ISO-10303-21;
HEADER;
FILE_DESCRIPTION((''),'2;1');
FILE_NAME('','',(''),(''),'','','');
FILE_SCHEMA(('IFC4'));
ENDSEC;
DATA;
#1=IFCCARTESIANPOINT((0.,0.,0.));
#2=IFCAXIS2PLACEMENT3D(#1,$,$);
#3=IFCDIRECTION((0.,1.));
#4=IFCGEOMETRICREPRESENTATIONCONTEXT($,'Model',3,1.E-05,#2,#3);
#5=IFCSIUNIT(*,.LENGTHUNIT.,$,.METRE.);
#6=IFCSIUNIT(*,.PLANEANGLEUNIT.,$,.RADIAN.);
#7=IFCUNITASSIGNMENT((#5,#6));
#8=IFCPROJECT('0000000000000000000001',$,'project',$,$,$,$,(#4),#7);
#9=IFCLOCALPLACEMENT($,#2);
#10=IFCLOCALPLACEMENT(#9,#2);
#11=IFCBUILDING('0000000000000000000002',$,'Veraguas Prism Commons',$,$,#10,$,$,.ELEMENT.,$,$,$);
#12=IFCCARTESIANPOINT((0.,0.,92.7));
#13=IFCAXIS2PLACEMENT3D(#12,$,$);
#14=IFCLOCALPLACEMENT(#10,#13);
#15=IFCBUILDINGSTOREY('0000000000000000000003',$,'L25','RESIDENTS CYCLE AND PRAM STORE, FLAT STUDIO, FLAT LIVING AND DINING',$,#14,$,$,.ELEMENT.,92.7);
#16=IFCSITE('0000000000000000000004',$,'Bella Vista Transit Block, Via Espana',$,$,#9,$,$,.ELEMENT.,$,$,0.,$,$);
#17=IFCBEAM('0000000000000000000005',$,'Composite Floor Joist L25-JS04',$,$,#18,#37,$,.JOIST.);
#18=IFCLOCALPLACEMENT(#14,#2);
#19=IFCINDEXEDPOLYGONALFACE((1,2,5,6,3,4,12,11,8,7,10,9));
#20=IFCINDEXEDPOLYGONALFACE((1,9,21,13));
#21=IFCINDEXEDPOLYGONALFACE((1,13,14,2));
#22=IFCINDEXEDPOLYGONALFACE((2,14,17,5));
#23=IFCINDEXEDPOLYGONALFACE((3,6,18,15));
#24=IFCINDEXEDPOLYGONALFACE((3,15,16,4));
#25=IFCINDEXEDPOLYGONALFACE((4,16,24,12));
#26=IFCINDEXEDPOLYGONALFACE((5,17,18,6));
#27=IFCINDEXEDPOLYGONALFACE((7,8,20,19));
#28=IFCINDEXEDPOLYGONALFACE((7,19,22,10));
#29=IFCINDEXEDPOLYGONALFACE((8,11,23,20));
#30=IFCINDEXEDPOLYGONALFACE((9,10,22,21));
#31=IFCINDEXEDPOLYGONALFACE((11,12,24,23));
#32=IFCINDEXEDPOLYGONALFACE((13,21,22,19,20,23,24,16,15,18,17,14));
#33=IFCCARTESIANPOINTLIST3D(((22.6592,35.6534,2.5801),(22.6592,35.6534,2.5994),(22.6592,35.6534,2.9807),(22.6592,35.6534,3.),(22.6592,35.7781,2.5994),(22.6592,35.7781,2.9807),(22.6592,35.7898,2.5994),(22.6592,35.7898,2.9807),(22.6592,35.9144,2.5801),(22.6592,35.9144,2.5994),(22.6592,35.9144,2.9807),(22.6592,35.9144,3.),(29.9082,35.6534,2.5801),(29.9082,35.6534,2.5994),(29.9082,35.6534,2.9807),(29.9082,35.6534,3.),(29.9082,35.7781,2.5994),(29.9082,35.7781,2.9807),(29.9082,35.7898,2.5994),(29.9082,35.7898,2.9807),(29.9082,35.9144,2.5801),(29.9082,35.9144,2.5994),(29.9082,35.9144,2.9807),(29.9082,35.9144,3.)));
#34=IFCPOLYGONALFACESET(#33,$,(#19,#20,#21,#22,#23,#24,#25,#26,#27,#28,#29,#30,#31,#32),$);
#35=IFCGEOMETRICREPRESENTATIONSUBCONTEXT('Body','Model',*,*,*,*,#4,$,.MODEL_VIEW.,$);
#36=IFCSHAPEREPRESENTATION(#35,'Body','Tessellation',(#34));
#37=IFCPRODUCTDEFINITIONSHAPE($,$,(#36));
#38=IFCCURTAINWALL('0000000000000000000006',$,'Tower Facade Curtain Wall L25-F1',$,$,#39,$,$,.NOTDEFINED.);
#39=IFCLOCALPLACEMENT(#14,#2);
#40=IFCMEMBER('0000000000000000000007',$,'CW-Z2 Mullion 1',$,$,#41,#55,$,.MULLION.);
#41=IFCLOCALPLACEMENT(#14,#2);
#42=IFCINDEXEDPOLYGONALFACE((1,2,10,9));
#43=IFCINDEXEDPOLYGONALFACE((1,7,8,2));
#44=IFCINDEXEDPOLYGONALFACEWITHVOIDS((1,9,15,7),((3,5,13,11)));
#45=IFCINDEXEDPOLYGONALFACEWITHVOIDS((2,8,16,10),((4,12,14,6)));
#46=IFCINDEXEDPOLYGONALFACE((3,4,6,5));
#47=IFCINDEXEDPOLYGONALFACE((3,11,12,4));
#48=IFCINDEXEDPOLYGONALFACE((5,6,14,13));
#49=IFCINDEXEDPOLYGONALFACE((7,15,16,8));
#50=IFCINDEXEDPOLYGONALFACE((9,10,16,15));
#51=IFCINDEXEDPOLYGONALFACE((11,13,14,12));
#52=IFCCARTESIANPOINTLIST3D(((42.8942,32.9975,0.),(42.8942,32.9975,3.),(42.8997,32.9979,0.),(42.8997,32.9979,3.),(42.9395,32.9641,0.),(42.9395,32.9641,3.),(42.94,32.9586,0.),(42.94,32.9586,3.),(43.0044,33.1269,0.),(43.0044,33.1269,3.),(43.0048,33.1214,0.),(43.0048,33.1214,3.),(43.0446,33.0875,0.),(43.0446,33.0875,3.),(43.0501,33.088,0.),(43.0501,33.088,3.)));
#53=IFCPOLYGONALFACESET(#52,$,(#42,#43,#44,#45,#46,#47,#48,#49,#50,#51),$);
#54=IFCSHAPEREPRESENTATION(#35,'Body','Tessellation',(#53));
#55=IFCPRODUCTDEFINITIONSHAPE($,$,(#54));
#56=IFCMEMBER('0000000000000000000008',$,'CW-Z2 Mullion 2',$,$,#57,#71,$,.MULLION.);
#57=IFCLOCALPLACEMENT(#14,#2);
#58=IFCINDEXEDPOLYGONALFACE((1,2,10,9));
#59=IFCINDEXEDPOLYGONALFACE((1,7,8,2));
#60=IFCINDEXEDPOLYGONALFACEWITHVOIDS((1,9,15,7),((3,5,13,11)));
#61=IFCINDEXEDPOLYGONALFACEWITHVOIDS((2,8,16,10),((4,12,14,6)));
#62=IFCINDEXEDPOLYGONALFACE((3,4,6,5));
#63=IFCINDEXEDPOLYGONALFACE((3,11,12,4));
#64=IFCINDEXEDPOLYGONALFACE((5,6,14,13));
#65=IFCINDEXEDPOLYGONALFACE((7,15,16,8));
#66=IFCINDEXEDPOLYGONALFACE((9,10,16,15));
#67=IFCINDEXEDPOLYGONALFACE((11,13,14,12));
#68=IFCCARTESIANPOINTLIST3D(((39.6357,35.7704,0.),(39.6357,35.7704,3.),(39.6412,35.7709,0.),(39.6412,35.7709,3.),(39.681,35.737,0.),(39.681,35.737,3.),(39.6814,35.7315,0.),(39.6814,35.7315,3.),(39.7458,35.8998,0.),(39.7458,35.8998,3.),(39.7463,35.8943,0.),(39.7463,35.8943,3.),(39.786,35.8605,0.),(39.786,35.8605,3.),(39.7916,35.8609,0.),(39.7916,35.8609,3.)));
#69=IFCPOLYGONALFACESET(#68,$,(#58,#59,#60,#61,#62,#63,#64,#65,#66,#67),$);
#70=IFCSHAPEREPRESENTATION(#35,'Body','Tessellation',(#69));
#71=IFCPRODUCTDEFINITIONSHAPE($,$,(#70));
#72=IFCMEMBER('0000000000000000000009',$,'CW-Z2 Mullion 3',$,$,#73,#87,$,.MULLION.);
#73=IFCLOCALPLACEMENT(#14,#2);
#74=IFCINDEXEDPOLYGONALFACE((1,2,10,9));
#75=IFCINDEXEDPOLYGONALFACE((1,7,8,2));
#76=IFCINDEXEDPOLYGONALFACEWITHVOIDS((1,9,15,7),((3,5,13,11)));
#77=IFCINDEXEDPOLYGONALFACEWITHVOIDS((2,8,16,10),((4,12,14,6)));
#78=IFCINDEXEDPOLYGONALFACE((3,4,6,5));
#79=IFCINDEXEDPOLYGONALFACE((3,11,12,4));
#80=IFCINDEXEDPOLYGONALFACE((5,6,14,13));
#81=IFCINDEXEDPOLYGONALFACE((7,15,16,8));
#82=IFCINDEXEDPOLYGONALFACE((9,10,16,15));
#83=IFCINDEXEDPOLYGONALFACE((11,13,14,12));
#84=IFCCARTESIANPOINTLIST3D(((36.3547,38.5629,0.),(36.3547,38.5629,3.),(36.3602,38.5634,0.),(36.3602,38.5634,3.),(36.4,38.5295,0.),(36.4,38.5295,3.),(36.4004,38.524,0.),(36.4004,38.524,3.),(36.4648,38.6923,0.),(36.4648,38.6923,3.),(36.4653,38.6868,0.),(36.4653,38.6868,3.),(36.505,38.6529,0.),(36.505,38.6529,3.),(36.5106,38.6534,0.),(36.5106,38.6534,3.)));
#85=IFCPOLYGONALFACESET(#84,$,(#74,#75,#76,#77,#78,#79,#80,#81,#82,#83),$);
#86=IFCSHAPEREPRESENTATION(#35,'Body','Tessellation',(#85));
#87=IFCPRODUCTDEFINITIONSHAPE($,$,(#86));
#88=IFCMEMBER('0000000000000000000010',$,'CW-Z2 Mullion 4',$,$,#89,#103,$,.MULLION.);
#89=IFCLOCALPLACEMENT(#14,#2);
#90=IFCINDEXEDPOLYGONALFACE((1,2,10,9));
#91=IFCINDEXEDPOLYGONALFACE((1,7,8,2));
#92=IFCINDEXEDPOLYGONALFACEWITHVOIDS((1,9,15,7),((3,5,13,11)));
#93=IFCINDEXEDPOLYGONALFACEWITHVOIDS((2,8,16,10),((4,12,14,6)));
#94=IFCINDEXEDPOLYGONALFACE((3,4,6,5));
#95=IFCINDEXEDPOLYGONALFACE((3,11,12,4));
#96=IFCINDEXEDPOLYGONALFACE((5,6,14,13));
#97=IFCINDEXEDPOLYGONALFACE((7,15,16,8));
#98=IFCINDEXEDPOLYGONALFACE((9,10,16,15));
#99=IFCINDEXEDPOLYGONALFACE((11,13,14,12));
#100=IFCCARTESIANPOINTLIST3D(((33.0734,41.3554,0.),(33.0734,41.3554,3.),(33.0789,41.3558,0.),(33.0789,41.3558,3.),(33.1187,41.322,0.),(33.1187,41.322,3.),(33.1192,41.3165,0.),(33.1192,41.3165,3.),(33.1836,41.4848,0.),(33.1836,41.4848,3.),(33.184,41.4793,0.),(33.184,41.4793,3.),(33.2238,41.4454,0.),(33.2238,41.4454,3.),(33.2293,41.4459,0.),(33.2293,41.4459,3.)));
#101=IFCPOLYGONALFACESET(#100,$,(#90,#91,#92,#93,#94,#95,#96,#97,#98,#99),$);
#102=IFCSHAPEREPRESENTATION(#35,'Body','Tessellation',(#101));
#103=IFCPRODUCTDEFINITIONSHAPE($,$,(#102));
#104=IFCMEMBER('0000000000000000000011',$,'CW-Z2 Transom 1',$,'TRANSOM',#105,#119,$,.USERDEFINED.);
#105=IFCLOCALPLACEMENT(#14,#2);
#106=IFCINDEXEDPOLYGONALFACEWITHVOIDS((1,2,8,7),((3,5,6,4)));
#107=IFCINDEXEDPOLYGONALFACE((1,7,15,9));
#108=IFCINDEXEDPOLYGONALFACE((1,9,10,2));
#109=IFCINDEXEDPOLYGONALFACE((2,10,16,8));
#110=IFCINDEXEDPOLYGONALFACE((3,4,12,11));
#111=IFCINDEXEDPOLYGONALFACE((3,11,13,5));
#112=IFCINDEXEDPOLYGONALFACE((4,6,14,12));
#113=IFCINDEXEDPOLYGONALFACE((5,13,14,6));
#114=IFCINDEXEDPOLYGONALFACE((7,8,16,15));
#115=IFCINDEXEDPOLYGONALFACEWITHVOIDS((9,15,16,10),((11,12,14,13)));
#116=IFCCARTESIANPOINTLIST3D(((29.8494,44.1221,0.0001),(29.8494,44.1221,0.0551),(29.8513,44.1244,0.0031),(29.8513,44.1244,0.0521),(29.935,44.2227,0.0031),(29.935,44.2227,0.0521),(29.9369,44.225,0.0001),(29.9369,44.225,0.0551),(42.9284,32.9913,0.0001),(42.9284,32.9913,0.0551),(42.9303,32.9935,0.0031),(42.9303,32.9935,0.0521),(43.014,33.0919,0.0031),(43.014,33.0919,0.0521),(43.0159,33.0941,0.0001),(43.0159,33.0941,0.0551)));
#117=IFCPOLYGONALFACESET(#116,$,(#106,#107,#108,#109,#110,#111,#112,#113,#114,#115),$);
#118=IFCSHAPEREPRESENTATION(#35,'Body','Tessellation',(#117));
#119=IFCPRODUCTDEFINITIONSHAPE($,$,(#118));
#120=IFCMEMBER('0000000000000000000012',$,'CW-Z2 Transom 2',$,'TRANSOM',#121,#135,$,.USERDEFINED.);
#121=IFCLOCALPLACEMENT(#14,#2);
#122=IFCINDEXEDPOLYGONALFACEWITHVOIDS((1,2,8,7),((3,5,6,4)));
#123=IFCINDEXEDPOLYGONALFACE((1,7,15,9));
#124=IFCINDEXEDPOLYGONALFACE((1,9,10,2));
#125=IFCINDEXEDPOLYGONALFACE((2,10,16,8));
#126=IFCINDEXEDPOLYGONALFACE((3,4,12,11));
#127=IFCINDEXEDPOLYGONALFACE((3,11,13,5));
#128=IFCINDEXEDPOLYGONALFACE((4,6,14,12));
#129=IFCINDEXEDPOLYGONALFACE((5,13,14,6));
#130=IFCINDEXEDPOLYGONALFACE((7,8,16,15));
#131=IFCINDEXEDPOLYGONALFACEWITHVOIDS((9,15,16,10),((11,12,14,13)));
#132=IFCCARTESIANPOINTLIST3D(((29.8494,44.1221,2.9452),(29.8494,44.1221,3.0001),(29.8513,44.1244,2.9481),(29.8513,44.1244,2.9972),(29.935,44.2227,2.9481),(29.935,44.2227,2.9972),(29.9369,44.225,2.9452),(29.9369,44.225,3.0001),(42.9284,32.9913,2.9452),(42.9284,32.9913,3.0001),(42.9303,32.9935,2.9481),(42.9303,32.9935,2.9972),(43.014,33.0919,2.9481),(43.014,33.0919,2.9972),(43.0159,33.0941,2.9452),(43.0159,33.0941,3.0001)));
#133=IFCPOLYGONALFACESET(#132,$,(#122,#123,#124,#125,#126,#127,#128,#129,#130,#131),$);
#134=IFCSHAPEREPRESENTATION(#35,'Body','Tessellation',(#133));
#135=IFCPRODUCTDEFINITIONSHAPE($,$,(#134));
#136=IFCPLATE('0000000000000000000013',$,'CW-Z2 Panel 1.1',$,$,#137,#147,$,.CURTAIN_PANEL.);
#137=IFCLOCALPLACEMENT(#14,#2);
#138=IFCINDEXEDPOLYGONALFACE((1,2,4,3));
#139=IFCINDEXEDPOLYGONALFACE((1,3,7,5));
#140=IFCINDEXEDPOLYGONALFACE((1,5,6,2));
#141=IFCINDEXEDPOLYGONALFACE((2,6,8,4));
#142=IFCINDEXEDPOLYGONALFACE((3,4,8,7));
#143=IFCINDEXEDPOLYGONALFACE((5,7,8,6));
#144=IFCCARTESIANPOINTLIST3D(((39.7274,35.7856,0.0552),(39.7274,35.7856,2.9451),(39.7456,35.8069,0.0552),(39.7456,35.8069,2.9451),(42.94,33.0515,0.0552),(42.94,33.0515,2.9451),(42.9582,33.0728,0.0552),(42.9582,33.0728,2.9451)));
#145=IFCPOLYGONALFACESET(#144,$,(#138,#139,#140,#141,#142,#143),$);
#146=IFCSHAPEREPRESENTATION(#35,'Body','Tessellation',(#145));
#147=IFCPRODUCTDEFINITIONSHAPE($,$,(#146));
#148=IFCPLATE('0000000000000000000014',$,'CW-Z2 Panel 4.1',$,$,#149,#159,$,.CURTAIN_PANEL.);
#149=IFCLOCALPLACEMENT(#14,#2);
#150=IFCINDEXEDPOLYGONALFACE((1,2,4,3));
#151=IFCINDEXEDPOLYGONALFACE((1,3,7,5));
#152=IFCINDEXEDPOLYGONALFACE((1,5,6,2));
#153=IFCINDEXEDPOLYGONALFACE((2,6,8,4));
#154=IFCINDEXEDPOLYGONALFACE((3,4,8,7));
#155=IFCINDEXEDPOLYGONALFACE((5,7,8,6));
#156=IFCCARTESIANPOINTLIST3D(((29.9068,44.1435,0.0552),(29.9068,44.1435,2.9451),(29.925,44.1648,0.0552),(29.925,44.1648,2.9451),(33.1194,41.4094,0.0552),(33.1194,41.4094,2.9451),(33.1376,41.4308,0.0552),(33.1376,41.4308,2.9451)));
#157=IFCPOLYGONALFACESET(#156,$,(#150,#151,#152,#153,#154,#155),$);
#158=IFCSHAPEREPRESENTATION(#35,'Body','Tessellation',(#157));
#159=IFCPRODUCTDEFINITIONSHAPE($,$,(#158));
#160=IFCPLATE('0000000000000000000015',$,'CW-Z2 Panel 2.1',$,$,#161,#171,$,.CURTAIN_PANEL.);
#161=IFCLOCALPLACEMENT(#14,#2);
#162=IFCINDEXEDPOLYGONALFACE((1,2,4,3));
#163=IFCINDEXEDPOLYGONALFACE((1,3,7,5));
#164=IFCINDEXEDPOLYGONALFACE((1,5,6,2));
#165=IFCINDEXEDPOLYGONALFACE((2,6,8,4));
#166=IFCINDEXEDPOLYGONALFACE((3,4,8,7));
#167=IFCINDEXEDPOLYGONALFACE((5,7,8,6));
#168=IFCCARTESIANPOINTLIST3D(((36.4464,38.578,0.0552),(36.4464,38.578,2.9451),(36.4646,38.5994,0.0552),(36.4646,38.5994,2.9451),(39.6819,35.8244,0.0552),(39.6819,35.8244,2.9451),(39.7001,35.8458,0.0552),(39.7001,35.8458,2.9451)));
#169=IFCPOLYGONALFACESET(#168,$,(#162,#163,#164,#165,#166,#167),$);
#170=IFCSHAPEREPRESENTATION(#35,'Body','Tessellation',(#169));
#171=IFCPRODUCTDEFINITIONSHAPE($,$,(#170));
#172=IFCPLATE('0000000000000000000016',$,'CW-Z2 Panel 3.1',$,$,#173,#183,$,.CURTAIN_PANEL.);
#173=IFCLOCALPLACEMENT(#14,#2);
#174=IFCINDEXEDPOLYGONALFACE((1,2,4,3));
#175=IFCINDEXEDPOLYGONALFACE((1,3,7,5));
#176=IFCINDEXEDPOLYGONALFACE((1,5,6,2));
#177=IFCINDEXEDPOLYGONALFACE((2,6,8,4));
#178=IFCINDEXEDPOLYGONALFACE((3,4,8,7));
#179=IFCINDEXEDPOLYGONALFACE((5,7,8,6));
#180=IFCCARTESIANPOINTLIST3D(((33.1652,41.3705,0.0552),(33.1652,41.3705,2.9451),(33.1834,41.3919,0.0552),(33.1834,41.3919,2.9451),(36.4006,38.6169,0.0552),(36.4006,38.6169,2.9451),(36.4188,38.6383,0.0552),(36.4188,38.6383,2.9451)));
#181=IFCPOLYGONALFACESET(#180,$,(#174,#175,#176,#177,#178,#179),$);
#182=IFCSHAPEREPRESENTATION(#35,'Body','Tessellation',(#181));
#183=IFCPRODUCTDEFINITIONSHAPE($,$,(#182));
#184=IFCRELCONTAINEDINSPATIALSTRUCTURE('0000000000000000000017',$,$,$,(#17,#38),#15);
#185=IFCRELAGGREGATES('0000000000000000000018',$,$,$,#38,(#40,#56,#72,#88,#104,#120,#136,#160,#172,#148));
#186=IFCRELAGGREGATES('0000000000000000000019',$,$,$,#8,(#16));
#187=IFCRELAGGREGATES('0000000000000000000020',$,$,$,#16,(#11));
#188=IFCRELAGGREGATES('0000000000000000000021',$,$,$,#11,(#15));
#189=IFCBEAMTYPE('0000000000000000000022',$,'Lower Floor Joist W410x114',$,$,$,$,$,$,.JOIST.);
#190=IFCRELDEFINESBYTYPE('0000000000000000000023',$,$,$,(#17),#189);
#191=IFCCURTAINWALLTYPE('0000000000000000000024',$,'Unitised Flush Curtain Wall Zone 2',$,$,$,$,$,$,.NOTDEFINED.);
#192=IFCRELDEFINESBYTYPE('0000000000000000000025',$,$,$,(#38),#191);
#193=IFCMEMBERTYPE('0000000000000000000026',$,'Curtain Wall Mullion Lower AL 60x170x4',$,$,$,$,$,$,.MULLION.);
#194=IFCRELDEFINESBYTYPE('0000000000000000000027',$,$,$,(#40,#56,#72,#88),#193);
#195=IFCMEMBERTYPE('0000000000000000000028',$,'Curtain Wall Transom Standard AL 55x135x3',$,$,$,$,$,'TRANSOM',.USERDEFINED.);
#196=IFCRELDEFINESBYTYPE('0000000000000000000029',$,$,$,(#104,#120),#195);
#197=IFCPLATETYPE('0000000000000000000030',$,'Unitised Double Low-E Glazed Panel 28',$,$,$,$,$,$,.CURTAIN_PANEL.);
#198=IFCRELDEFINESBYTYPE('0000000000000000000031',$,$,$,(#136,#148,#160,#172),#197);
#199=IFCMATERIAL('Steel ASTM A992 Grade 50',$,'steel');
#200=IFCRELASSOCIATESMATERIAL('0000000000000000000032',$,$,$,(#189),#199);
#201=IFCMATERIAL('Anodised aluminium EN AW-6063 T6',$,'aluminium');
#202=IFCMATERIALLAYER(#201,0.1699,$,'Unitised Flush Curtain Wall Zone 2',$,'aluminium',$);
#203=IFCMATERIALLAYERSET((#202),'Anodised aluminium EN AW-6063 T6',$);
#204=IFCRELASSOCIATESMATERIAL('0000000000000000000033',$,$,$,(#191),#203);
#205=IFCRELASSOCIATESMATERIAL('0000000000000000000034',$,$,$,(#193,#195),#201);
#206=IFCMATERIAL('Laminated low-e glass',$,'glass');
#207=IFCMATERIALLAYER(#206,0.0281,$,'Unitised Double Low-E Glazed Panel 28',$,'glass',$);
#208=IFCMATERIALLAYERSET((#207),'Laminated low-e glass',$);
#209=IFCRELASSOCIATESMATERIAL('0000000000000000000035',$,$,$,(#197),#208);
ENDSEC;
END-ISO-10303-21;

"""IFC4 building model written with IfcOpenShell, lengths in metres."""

from ifc_helpers import new_model, si_unit, direction, frame, origin, origin_2d, place, context, subcontext, project, spatial, rectangle, hollow_rectangle, i_section, extrude, source, transform, mapped, material, layer, layer_set, material_profile, profile_set, type_object, element, aggregate, save


model = new_model("IFC4")

# Units and contexts
model_context = context("Model", 3, precision=1e-05, world=origin(), true_north=direction((0.0, 1.0)))
body_context = subcontext(model_context, "Body", "Model", "MODEL_VIEW")
ifc_project = project(units=[si_unit("LENGTHUNIT", "METRE"), si_unit("PLANEANGLEUNIT", "RADIAN")], contexts=[model_context])

# Site, building, storey
site_placement = place(None, origin())
site = spatial("IfcSite", under=ifc_project, at=site_placement, Name="Bella Vista Transit Block, Via Espana", CompositionType="ELEMENT", RefElevation=0.0)
building_placement = place(site_placement, origin())
building = spatial("IfcBuilding", under=site, at=building_placement, Name="Veraguas Prism Commons", CompositionType="ELEMENT")
storey_placement = place(building_placement, frame((0.0, 0.0, 92.7)))
storey = spatial("IfcBuildingStorey", under=building, at=storey_placement, Name="L25", Description="RESIDENTS CYCLE AND PRAM STORE, FLAT STUDIO, FLAT LIVING AND DINING", CompositionType="ELEMENT", Elevation=92.7)

# Beam
ifc_material_1 = material(Name="Steel ASTM A992 Grade 50", Category="steel")
ifc_material_profile_1 = material_profile(ifc_material_1, i_section(OverallWidth=0.261, OverallDepth=0.4199, WebThickness=0.0117, FlangeThickness=0.0193, at=origin_2d()), Name="W410X114")
ifc_profile_set_1 = profile_set([ifc_material_profile_1], Name="Steel ASTM A992 Grade 50")
beam_type = type_object("IfcBeamType", Name="Lower Floor Joist W410x114", PredefinedType="JOIST", material=ifc_profile_set_1)
beam_placement = place(storey_placement, frame((29.9082, 35.7839, 2.79), z_axis=(-1.0, 0.0, 0.0), x_axis=(0.0, -1.0, 0.0)))
element("IfcBeam", 1, at=beam_placement, inside=storey, type_object=beam_type, Name="Composite Floor Joist L25-JS04", PredefinedType="JOIST", context=body_context, shape_type="SweptSolid", body=[
    extrude(i_section(OverallWidth=0.261, OverallDepth=0.4199, WebThickness=0.0117, FlangeThickness=0.0193, at=origin_2d()), origin(), (0.0, 0.0, 1.0), 7.249),
])

# Curtain wall, members, plates
ifc_material_2 = material(Name="Anodised aluminium EN AW-6063 T6", Category="aluminium")
ifc_layer_1 = layer(ifc_material_2, 0.1699, Name="Unitised Flush Curtain Wall Zone 2", Category="aluminium")
ifc_layer_set_1 = layer_set([ifc_layer_1], Name="Anodised aluminium EN AW-6063 T6")
curtain_wall_type = type_object("IfcCurtainWallType", Name="Unitised Flush Curtain Wall Zone 2", PredefinedType="NOTDEFINED", material=ifc_layer_set_1)
curtain_wall_placement = place(storey_placement, origin())
curtain_wall = element("IfcCurtainWall", 2, at=curtain_wall_placement, inside=storey, type_object=curtain_wall_type, Name="Tower Facade Curtain Wall L25-F1", PredefinedType="NOTDEFINED")
ifc_material_profile_2 = material_profile(ifc_material_2, hollow_rectangle(XDim=0.0601, YDim=0.1699, WallThickness=0.0039, at=origin_2d()), Name="AL60X170X4")
ifc_profile_set_2 = profile_set([ifc_material_profile_2], Name="Anodised aluminium EN AW-6063 T6")
member_type_1 = type_object("IfcMemberType", Name="Curtain Wall Mullion Lower AL 60x170x4", PredefinedType="MULLION", material=ifc_profile_set_2)
shared_shape_1 = source(origin(), body_context, "Body", "SweptSolid", [
    extrude(hollow_rectangle(XDim=0.0601, YDim=0.1699, WallThickness=0.0039, at=origin_2d()), origin(), (0.0, 0.0, 1.0), 3.0),
])
member_1_placement = place(storey_placement, frame((42.9722, 33.0427, 0.0), z_axis=(0.0, 0.0, 1.0), x_axis=(-0.761541, 0.648117, 0.0)))
member_1 = element("IfcMember", 3, at=member_1_placement, type_object=member_type_1, Name="CW-Z2 Mullion 1", PredefinedType="MULLION", context=body_context, shape_type="MappedRepresentation", body=[
    mapped(shared_shape_1, transform((0.0, 0.0, 0.0), scale=1.0)),
])
member_2_placement = place(storey_placement, frame((39.7136, 35.8157, 0.0), z_axis=(0.0, 0.0, 1.0), x_axis=(-0.761541, 0.648117, 0.0)))
member_2 = element("IfcMember", 4, at=member_2_placement, type_object=member_type_1, Name="CW-Z2 Mullion 2", PredefinedType="MULLION", context=body_context, shape_type="MappedRepresentation", body=[
    mapped(shared_shape_1, transform((0.0, 0.0, 0.0), scale=1.0)),
])
member_3_placement = place(storey_placement, frame((36.4326, 38.6082, 0.0), z_axis=(0.0, 0.0, 1.0), x_axis=(-0.761541, 0.648117, 0.0)))
member_3 = element("IfcMember", 5, at=member_3_placement, type_object=member_type_1, Name="CW-Z2 Mullion 3", PredefinedType="MULLION", context=body_context, shape_type="MappedRepresentation", body=[
    mapped(shared_shape_1, transform((0.0, 0.0, 0.0), scale=1.0)),
])
member_4_placement = place(storey_placement, frame((33.1514, 41.4006, 0.0), z_axis=(0.0, 0.0, 1.0), x_axis=(-0.761541, 0.648117, 0.0)))
member_4 = element("IfcMember", 6, at=member_4_placement, type_object=member_type_1, Name="CW-Z2 Mullion 4", PredefinedType="MULLION", context=body_context, shape_type="MappedRepresentation", body=[
    mapped(shared_shape_1, transform((0.0, 0.0, 0.0), scale=1.0)),
])
ifc_material_profile_3 = material_profile(ifc_material_2, hollow_rectangle(XDim=0.0549, YDim=0.135, WallThickness=0.0029, at=origin_2d()), Name="AL55X135X3")
ifc_profile_set_3 = profile_set([ifc_material_profile_3], Name="Anodised aluminium EN AW-6063 T6")
member_type_2 = type_object("IfcMemberType", Name="Curtain Wall Transom Standard AL 55x135x3", ElementType="TRANSOM", PredefinedType="USERDEFINED", material=ifc_profile_set_3)
shared_shape_2 = source(origin(), body_context, "Body", "SweptSolid", [
    extrude(hollow_rectangle(XDim=0.0549, YDim=0.135, WallThickness=0.0029, at=origin_2d()), origin(), (0.0, 0.0, 1.0), 17.1743),
])
member_5_placement = place(storey_placement, frame((42.9722, 33.0427, 0.0276), z_axis=(-0.761548, 0.648109, 0.0), x_axis=(0.0, 0.0, 1.0)))
member_5 = element("IfcMember", 7, at=member_5_placement, type_object=member_type_2, Name="CW-Z2 Transom 1", ObjectType="TRANSOM", PredefinedType="USERDEFINED", context=body_context, shape_type="MappedRepresentation", body=[
    mapped(shared_shape_2, transform((0.0, 0.0, 0.0), scale=1.0)),
])
member_6_placement = place(storey_placement, frame((42.9722, 33.0427, 2.9727), z_axis=(-0.761548, 0.648109, 0.0), x_axis=(0.0, 0.0, 1.0)))
member_6 = element("IfcMember", 8, at=member_6_placement, type_object=member_type_2, Name="CW-Z2 Transom 2", ObjectType="TRANSOM", PredefinedType="USERDEFINED", context=body_context, shape_type="MappedRepresentation", body=[
    mapped(shared_shape_2, transform((0.0, 0.0, 0.0), scale=1.0)),
])
ifc_material_3 = material(Name="Laminated low-e glass", Category="glass")
ifc_layer_2 = layer(ifc_material_3, 0.0281, Name="Unitised Double Low-E Glazed Panel 28", Category="glass")
ifc_layer_set_2 = layer_set([ifc_layer_2], Name="Laminated low-e glass")
plate_type = type_object("IfcPlateType", Name="Unitised Double Low-E Glazed Panel 28", PredefinedType="CURTAIN_PANEL", material=ifc_layer_set_2)
shared_shape_3 = source(origin(), body_context, "Body", "SweptSolid", [
    extrude(rectangle(XDim=4.2185, YDim=0.0281, at=origin_2d()), origin(), (0.0, 0.0, 1.0), 2.8899),
])
plate_1_placement = place(storey_placement, frame((41.3428, 34.4292, 0.0552), z_axis=(0.0, 0.0, 1.0), x_axis=(-0.761541, 0.648117, 0.0)))
plate_1 = element("IfcPlate", 9, at=plate_1_placement, type_object=plate_type, Name="CW-Z2 Panel 1.1", PredefinedType="CURTAIN_PANEL", context=body_context, shape_type="MappedRepresentation", body=[
    mapped(shared_shape_3, transform((0.0, 0.0, 0.0), scale=1.0)),
])
plate_2_placement = place(storey_placement, frame((31.5222, 42.7871, 0.0552), z_axis=(0.0, 0.0, 1.0), x_axis=(-0.761541, 0.648117, 0.0)))
plate_2 = element("IfcPlate", 10, at=plate_2_placement, type_object=plate_type, Name="CW-Z2 Panel 4.1", PredefinedType="CURTAIN_PANEL", context=body_context, shape_type="MappedRepresentation", body=[
    mapped(shared_shape_3, transform((0.0, 0.0, 0.0), scale=1.0)),
])
shared_shape_4 = source(origin(), body_context, "Body", "SweptSolid", [
    extrude(rectangle(XDim=4.2485, YDim=0.0281, at=origin_2d()), origin(), (0.0, 0.0, 1.0), 2.8899),
])
plate_3_placement = place(storey_placement, frame((38.0732, 37.2119, 0.0552), z_axis=(0.0, 0.0, 1.0), x_axis=(-0.761541, 0.648117, 0.0)))
plate_3 = element("IfcPlate", 11, at=plate_3_placement, type_object=plate_type, Name="CW-Z2 Panel 2.1", PredefinedType="CURTAIN_PANEL", context=body_context, shape_type="MappedRepresentation", body=[
    mapped(shared_shape_4, transform((0.0, 0.0, 0.0), scale=1.0)),
])
plate_4_placement = place(storey_placement, frame((34.792, 40.0044, 0.0552), z_axis=(0.0, 0.0, 1.0), x_axis=(-0.761541, 0.648117, 0.0)))
plate_4 = element("IfcPlate", 12, at=plate_4_placement, type_object=plate_type, Name="CW-Z2 Panel 3.1", PredefinedType="CURTAIN_PANEL", context=body_context, shape_type="MappedRepresentation", body=[
    mapped(shared_shape_4, transform((0.0, 0.0, 0.0), scale=1.0)),
])
aggregate(curtain_wall, [member_1, member_2, member_3, member_4, member_5, member_6, plate_1, plate_3, plate_4, plate_2])

save(model, "model.ifc")
